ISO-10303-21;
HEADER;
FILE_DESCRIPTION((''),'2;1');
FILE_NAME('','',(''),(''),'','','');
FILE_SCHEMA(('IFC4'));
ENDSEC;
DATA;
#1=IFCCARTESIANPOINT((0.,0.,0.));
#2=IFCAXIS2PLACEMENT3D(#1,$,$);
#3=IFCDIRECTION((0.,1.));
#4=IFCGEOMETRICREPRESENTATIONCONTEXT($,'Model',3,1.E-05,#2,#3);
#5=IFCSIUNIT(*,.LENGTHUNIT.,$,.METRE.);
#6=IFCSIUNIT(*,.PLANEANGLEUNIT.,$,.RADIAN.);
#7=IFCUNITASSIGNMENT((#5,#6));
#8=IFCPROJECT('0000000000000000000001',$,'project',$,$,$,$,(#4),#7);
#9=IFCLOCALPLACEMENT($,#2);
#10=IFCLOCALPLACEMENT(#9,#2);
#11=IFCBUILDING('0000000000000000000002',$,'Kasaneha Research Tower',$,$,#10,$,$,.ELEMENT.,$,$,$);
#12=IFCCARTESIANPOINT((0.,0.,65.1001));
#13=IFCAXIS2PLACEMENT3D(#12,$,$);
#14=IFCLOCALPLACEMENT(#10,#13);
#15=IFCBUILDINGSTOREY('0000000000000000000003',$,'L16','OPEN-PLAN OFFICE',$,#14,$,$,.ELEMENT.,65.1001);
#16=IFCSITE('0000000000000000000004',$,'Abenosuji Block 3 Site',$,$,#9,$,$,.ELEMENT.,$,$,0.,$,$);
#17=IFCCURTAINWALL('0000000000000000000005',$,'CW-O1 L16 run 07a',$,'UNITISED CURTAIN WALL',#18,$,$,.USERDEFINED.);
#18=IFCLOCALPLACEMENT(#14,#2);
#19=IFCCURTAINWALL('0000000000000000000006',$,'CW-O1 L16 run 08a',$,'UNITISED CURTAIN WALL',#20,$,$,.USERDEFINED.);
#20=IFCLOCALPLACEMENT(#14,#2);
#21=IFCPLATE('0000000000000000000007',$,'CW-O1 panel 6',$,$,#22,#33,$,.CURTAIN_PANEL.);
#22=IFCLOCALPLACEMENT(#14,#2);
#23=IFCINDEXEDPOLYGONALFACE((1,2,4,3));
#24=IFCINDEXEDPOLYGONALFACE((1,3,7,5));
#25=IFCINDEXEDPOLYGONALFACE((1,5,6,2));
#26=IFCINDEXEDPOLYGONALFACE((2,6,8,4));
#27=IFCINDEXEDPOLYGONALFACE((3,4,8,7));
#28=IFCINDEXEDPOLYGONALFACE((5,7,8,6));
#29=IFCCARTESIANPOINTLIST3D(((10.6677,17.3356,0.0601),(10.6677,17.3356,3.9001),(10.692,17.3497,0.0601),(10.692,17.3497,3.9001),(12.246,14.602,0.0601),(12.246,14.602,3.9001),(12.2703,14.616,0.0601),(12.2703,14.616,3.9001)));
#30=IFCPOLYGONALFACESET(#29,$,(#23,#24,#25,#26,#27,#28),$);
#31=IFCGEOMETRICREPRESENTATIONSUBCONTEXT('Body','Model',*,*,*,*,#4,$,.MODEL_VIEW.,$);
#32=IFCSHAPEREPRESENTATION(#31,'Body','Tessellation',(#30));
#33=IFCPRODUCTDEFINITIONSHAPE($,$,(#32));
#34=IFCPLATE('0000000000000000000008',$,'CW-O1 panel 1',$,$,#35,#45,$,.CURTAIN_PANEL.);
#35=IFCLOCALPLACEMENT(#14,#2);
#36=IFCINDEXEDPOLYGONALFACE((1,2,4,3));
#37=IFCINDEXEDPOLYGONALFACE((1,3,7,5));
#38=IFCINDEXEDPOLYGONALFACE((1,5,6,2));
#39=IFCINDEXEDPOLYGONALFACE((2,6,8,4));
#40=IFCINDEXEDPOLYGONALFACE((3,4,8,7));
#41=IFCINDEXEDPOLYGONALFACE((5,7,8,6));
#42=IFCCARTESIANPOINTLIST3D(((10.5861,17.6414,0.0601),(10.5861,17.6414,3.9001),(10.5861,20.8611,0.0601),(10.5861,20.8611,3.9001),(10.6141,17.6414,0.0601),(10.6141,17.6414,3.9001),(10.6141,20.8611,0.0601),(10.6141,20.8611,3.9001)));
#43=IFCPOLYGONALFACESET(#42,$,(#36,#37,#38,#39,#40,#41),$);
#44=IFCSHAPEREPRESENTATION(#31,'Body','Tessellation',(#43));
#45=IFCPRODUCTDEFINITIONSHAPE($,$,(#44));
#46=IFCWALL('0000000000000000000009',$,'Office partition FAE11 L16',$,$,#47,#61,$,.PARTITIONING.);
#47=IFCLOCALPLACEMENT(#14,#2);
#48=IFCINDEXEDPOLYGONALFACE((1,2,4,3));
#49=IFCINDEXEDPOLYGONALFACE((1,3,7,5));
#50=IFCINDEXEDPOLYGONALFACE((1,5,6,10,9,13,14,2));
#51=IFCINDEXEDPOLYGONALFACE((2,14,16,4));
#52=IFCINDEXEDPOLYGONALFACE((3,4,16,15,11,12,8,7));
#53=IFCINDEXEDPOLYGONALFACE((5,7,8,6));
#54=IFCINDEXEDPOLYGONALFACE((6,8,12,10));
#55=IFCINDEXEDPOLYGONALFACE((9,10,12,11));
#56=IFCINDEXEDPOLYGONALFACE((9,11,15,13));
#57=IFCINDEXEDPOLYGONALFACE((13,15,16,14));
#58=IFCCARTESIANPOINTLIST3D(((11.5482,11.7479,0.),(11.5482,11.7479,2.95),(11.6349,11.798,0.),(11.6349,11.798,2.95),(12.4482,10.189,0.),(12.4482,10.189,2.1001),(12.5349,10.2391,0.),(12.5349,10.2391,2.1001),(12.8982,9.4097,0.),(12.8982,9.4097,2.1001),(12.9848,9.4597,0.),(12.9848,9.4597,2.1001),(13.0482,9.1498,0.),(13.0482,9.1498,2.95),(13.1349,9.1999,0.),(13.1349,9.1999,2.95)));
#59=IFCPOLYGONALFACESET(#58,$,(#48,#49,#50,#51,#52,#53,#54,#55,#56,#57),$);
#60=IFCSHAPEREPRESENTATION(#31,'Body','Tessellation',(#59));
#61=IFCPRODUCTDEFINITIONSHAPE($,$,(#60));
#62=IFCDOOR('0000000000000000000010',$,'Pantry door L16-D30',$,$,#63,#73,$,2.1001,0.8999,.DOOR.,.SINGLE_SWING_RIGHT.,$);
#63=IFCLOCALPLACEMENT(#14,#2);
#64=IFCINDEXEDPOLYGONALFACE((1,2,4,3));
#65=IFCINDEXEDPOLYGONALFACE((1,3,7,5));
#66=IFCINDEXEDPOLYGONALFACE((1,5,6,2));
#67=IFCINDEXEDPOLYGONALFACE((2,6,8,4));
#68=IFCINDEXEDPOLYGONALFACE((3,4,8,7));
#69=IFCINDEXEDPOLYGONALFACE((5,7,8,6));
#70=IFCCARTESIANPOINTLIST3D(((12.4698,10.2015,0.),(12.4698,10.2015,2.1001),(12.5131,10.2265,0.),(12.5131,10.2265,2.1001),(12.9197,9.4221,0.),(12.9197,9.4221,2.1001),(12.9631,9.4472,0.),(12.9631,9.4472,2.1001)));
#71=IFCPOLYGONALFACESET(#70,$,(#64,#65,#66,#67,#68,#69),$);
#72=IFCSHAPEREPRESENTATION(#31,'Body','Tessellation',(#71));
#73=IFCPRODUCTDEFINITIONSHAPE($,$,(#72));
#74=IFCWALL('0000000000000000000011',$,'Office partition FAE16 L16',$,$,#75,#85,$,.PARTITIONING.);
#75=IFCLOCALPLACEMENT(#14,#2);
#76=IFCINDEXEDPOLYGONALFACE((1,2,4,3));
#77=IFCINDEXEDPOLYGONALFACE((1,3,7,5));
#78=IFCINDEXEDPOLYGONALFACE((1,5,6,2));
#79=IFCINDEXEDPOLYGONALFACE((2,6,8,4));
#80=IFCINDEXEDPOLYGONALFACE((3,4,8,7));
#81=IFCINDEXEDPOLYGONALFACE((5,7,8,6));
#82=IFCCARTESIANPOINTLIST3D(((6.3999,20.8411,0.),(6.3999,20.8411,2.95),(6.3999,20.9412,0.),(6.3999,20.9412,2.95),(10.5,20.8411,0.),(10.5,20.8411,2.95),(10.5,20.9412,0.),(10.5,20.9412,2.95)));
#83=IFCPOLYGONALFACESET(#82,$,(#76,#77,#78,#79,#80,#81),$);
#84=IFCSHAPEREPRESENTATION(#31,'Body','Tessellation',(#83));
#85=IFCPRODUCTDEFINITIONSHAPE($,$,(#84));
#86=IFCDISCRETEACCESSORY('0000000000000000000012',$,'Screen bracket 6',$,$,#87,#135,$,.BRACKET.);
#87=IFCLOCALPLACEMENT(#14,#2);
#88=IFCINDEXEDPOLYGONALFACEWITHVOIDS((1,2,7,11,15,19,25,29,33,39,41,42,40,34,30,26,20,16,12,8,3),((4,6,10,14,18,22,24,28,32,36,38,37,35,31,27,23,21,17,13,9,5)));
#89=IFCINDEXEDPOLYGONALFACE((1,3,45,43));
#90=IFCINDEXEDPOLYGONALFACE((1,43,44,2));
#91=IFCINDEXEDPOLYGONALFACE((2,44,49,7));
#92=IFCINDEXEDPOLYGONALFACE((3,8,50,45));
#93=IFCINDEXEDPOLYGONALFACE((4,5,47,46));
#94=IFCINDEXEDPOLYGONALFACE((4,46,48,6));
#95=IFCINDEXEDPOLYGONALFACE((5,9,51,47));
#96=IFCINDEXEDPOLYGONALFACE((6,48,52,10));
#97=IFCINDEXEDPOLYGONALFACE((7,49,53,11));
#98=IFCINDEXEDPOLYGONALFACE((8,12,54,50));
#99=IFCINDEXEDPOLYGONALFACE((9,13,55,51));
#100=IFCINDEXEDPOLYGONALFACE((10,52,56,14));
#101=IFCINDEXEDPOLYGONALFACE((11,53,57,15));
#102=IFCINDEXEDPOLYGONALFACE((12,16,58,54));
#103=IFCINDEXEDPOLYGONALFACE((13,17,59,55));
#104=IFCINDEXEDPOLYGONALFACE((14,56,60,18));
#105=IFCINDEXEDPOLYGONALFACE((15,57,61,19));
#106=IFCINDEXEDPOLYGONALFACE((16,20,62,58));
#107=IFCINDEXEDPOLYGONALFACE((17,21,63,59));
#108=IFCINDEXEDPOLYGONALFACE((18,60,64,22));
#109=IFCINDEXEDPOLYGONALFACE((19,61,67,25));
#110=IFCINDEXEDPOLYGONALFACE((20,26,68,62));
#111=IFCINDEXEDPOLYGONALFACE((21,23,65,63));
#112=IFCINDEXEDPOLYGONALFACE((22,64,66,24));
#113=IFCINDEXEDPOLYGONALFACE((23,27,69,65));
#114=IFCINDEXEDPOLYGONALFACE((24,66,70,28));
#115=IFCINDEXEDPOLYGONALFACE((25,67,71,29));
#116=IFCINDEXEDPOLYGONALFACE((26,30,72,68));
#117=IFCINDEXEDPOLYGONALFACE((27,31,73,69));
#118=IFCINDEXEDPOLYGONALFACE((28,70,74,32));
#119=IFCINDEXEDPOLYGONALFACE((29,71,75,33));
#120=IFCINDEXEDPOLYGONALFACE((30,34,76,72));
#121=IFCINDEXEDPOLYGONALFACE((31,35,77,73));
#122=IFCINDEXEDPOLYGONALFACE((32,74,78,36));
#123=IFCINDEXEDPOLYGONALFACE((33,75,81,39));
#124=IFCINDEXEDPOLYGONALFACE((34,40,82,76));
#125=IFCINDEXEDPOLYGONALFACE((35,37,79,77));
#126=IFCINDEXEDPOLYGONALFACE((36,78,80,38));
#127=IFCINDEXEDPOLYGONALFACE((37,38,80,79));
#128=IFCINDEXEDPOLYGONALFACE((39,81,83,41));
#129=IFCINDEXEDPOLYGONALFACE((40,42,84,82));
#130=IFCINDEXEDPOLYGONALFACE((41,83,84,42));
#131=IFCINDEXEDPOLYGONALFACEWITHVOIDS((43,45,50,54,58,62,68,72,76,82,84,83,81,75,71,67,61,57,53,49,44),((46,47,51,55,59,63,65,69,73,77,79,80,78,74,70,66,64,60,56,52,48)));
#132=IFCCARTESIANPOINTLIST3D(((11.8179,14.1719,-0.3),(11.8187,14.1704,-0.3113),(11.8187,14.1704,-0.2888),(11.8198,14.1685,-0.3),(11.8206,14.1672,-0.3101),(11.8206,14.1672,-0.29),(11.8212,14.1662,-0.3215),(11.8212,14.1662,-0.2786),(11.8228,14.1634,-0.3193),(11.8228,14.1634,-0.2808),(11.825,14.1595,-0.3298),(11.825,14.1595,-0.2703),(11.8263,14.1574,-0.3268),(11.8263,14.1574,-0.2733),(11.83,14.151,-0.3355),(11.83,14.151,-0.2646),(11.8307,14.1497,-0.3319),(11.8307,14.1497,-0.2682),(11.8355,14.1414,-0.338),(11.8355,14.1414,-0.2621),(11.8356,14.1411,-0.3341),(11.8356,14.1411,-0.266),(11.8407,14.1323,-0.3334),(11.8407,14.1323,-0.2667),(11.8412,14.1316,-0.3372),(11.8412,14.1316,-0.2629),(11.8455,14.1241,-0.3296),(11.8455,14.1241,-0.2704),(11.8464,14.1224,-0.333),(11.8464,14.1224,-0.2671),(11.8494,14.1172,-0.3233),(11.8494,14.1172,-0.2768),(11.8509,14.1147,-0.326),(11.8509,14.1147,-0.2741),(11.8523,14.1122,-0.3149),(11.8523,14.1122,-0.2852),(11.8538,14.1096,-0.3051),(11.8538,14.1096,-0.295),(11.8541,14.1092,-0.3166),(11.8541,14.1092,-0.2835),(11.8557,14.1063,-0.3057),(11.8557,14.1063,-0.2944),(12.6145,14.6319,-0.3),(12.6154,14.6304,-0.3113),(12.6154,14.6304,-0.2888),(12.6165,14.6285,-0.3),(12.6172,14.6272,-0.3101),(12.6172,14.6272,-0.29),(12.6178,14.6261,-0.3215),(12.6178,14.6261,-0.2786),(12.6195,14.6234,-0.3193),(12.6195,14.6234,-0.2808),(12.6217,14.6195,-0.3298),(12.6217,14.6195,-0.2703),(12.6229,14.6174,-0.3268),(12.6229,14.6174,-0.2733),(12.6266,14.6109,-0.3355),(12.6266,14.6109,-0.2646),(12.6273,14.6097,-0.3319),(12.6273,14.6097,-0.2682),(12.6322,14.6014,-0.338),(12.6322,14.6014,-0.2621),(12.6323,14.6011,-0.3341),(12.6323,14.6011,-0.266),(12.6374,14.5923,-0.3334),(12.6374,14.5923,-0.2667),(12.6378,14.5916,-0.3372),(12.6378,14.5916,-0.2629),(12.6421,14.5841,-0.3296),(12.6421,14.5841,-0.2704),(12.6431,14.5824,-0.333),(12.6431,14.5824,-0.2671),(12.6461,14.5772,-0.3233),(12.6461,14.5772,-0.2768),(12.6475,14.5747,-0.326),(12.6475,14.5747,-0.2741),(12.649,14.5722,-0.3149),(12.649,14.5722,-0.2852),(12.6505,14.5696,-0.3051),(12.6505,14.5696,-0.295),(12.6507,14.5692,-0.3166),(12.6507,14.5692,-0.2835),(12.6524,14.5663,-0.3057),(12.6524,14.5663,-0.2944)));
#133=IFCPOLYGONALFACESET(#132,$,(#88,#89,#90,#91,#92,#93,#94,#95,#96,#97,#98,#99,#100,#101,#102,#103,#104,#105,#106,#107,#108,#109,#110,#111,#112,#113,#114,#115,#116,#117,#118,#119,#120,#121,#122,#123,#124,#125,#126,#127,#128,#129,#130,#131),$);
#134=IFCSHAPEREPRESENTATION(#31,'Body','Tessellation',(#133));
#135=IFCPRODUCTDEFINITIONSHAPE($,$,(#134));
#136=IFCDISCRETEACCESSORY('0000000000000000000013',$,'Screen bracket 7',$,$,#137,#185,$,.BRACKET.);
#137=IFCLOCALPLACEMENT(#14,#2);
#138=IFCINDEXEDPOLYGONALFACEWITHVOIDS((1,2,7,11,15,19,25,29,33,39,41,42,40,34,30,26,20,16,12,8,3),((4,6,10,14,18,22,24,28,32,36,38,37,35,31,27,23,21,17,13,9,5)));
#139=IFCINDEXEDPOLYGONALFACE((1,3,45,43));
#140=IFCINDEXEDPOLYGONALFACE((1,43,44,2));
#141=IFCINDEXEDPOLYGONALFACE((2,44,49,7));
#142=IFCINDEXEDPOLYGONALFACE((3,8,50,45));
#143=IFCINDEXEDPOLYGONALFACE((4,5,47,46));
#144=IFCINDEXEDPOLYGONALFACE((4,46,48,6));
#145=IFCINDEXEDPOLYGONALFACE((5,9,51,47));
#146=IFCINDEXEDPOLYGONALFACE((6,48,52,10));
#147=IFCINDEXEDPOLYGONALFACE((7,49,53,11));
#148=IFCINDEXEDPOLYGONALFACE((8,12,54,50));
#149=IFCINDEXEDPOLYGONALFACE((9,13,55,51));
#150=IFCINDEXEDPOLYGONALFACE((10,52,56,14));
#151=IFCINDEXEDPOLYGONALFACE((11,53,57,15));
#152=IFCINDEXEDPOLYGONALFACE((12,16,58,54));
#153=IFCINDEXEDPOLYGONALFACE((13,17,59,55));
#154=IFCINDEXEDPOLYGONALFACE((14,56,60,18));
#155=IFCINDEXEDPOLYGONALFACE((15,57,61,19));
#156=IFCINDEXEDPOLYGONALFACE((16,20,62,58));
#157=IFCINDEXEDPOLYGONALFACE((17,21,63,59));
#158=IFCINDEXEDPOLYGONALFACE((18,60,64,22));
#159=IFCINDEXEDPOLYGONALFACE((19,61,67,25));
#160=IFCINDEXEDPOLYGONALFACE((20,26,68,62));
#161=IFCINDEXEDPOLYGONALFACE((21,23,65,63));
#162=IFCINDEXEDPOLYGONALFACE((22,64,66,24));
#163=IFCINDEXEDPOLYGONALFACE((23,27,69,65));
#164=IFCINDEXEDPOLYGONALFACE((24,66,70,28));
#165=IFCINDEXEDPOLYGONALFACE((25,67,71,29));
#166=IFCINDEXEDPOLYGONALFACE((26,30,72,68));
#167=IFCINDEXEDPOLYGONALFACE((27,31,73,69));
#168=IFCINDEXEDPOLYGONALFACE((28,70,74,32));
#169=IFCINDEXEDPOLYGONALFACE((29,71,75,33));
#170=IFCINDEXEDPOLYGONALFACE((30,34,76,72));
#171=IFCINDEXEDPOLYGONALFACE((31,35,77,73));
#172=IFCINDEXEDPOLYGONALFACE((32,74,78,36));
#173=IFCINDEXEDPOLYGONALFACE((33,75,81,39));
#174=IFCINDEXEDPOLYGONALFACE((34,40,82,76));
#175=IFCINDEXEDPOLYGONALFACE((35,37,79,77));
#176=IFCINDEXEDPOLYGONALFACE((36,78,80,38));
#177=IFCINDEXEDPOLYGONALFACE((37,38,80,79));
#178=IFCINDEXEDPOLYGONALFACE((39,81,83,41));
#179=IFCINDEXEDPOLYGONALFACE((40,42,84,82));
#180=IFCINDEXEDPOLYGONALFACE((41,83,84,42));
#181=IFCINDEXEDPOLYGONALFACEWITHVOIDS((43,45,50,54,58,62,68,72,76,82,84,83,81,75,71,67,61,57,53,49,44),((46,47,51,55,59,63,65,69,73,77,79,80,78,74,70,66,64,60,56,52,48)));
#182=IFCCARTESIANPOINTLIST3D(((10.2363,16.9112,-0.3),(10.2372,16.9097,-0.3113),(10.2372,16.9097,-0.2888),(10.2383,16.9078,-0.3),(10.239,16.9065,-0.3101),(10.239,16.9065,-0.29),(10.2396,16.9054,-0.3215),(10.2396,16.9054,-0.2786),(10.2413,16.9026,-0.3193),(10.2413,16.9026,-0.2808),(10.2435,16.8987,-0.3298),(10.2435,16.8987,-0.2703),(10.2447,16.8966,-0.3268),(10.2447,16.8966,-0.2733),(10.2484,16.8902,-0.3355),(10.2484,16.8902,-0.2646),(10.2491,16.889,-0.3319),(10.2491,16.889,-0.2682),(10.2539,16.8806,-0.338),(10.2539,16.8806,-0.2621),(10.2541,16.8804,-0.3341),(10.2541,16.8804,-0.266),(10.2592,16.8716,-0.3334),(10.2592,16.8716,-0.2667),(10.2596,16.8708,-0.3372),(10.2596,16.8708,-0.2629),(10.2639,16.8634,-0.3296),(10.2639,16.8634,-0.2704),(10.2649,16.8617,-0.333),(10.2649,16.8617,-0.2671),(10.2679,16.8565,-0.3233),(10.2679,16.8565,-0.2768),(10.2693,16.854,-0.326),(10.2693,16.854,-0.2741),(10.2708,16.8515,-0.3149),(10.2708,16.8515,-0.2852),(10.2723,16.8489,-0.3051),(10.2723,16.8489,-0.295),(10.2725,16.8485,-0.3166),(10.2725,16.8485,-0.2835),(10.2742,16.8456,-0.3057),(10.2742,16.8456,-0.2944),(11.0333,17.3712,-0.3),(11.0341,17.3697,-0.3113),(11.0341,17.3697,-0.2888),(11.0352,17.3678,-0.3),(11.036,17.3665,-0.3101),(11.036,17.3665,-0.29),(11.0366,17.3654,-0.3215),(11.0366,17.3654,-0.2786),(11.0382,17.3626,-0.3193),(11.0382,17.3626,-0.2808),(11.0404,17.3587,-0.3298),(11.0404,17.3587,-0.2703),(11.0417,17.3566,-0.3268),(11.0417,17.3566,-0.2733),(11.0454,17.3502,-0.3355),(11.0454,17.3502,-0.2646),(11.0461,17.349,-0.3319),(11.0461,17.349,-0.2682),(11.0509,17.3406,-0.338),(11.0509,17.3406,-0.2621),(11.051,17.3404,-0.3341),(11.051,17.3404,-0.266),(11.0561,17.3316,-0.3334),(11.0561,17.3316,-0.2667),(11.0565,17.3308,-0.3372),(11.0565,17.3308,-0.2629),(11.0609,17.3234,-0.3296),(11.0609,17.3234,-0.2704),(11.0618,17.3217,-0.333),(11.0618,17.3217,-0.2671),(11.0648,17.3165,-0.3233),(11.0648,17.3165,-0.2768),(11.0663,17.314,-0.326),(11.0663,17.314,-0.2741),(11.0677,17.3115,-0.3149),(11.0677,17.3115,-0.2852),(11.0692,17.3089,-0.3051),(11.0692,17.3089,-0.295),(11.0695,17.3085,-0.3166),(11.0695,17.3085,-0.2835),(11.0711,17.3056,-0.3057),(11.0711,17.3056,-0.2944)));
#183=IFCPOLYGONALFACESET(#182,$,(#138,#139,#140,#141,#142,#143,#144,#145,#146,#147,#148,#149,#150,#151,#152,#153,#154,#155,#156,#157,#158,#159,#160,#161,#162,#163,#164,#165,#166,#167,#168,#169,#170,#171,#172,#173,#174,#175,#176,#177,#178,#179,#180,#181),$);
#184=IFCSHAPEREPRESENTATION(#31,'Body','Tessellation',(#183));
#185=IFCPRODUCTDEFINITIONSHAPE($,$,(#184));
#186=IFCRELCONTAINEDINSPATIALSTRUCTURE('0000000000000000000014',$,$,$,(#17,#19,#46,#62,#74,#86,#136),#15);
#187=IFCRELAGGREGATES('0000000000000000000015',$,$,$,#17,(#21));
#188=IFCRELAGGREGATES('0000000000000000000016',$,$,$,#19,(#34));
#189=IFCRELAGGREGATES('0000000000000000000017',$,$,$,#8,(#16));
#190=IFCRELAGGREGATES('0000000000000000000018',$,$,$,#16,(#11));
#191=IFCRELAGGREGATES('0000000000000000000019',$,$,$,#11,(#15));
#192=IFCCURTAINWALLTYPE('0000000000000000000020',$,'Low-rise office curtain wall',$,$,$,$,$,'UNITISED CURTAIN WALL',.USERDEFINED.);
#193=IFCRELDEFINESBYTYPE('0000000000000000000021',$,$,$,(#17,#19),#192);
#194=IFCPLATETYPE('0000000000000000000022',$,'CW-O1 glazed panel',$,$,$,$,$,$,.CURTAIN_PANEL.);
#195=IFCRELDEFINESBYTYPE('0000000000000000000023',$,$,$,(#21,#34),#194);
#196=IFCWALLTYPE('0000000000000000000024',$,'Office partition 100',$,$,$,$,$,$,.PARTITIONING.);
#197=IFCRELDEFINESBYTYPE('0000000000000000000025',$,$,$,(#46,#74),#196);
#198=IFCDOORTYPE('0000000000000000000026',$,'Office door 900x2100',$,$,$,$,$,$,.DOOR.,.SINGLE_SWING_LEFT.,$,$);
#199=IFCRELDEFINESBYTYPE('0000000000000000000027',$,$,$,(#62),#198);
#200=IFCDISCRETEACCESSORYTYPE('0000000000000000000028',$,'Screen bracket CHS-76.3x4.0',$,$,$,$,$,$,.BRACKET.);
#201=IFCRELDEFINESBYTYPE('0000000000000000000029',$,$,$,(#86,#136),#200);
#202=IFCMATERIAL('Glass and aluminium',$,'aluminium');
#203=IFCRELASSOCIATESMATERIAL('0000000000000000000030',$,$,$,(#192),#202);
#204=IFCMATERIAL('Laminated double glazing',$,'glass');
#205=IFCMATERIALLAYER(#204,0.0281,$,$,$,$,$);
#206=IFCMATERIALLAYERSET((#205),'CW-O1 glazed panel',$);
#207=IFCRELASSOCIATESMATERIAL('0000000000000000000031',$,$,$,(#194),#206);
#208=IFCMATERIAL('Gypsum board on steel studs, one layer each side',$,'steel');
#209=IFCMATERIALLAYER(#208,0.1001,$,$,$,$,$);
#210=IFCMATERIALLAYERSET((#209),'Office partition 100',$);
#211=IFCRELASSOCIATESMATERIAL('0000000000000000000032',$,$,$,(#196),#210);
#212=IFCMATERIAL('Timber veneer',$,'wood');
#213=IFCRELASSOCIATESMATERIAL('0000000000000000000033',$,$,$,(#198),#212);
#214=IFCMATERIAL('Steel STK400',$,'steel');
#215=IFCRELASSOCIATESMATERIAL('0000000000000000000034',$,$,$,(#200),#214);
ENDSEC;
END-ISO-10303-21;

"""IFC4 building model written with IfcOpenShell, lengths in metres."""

from ifc_helpers import new_model, si_unit, direction, frame, frame_2d, origin, origin_2d, place, context, subcontext, project, spatial, rectangle, hollow_circle, extrude, material, layer, layer_set, material_profile, profile_set, type_object, element, fill, aggregate, save


model = new_model("IFC4")

# Units and contexts
model_context = context("Model", 3, precision=1e-05, world=origin(), true_north=direction((0.0, 1.0)))
body_context = subcontext(model_context, "Body", "Model", "MODEL_VIEW")
ifc_project = project(units=[si_unit("LENGTHUNIT", "METRE"), si_unit("PLANEANGLEUNIT", "RADIAN")], contexts=[model_context])

# Site, building, storey
site_placement = place(None, origin())
site = spatial("IfcSite", under=ifc_project, at=site_placement, Name="Abenosuji Block 3 Site", CompositionType="ELEMENT", RefElevation=0.0)
building_placement = place(site_placement, origin())
building = spatial("IfcBuilding", under=site, at=building_placement, Name="Kasaneha Research Tower", CompositionType="ELEMENT")
storey_placement = place(building_placement, frame((0.0, 0.0, 65.1001)))
storey = spatial("IfcBuildingStorey", under=building, at=storey_placement, Name="L16", Description="OPEN-PLAN OFFICE", CompositionType="ELEMENT", Elevation=65.1001)

# Curtain walls
ifc_material_1 = material(Name="Glass and aluminium", Category="aluminium")
curtain_wall_type = type_object("IfcCurtainWallType", Name="Low-rise office curtain wall", ElementType="UNITISED CURTAIN WALL", PredefinedType="USERDEFINED", material=ifc_material_1)
curtain_wall_1_placement = place(storey_placement, origin())
curtain_wall_1 = element("IfcCurtainWall", 1, at=curtain_wall_1_placement, inside=storey, type_object=curtain_wall_type, Name="CW-O1 L16 run 07a", ObjectType="UNITISED CURTAIN WALL", PredefinedType="USERDEFINED")
curtain_wall_2_placement = place(storey_placement, origin())
curtain_wall_2 = element("IfcCurtainWall", 2, at=curtain_wall_2_placement, inside=storey, type_object=curtain_wall_type, Name="CW-O1 L16 run 08a", ObjectType="UNITISED CURTAIN WALL", PredefinedType="USERDEFINED")

# Plates
ifc_material_2 = material(Name="Laminated double glazing", Category="glass")
ifc_layer_1 = layer(ifc_material_2, 0.0281)
ifc_layer_set_1 = layer_set([ifc_layer_1], Name="CW-O1 glazed panel")
plate_type = type_object("IfcPlateType", Name="CW-O1 glazed panel", PredefinedType="CURTAIN_PANEL", material=ifc_layer_set_1)
plate_1_placement = place(storey_placement, frame((11.469, 15.9758, 0.0601), z_axis=(0.0, 0.0, 1.0), x_axis=(-0.5, 0.866025, 0.0)))
plate_1 = element("IfcPlate", 3, at=plate_1_placement, type_object=plate_type, Name="CW-O1 panel 6", PredefinedType="CURTAIN_PANEL", context=body_context, shape_type="SweptSolid", body=[
    extrude(rectangle(XDim=3.1565, YDim=0.0281, at=origin_2d()), origin(), (0.0, 0.0, 1.0), 3.8401),
])
aggregate(curtain_wall_1, [plate_1])
plate_2_placement = place(storey_placement, frame((10.6001, 19.2512, 0.0601), z_axis=(0.0, 0.0, 1.0), x_axis=(0.0, 1.0, 0.0)))
plate_2 = element("IfcPlate", 4, at=plate_2_placement, type_object=plate_type, Name="CW-O1 panel 1", PredefinedType="CURTAIN_PANEL", context=body_context, shape_type="SweptSolid", body=[
    extrude(rectangle(XDim=3.2197, YDim=0.0281, at=origin_2d()), origin(), (0.0, 0.0, 1.0), 3.8401),
])
aggregate(curtain_wall_2, [plate_2])

# Wall, opening, door
ifc_material_3 = material(Name="Gypsum board on steel studs, one layer each side", Category="steel")
ifc_layer_2 = layer(ifc_material_3, 0.1001)
ifc_layer_set_2 = layer_set([ifc_layer_2], Name="Office partition 100")
wall_type = type_object("IfcWallType", Name="Office partition 100", PredefinedType="PARTITIONING", material=ifc_layer_set_2)
wall_1_placement = place(storey_placement, frame((11.5916, 11.7729, 0.0), z_axis=(0.0, 0.0, 1.0), x_axis=(0.49999, -0.866031, 0.0)))
wall_1 = element("IfcWall", 5, at=wall_1_placement, inside=storey, type_object=wall_type, Name="Office partition FAE11 L16", PredefinedType="PARTITIONING", context=body_context, shape_type="SweptSolid", body=[
    extrude(rectangle(XDim=3.0, YDim=0.1001, at=frame_2d((1.5, 0.0))), origin(), (0.0, 0.0, 1.0), 2.95),
])
opening_placement = place(wall_1_placement, frame((1.8, 0.0, 0.0)))
opening = element("IfcOpeningElement", 6, at=opening_placement, cuts=wall_1, PredefinedType="OPENING", context=body_context, shape_type="SweptSolid", body=[
    extrude(rectangle(XDim=0.8999, YDim=2.1001, at=frame_2d((0.45, 1.05))), frame((0.0, 0.0601, 0.0), z_axis=(0.0, -1.0, 0.0), x_axis=(1.0, 0.0, 0.0)), (0.0, 0.0, 1.0), 0.1201),
])
ifc_material_4 = material(Name="Timber veneer", Category="wood")
door_type = type_object("IfcDoorType", Name="Office door 900x2100", OperationType="SINGLE_SWING_LEFT", PredefinedType="DOOR", material=ifc_material_4)
door_placement = place(opening_placement, origin())
door = element("IfcDoor", 7, at=door_placement, inside=storey, type_object=door_type, Name="Pantry door L16-D30", OperationType="SINGLE_SWING_RIGHT", OverallHeight=2.1001, OverallWidth=0.8999, PredefinedType="DOOR", context=body_context, shape_type="SweptSolid", body=[
    extrude(rectangle(XDim=0.8999, YDim=2.1001, at=frame_2d((0.45, 1.05))), frame((0.0, 0.0249, 0.0), z_axis=(0.0, -1.0, 0.0), x_axis=(1.0, 0.0, 0.0)), (0.0, 0.0, 1.0), 0.05),
])
fill(opening, door)

# Wall
wall_2_placement = place(storey_placement, frame((10.5, 20.8911, 0.0), z_axis=(0.0, 0.0, 1.0), x_axis=(-1.0, 0.0, 0.0)))
element("IfcWall", 8, at=wall_2_placement, inside=storey, type_object=wall_type, Name="Office partition FAE16 L16", PredefinedType="PARTITIONING", context=body_context, shape_type="SweptSolid", body=[
    extrude(rectangle(XDim=4.1001, YDim=0.1001, at=frame_2d((2.05, 0.0))), origin(), (0.0, 0.0, 1.0), 2.95),
])

# Discrete accessories
ifc_material_5 = material(Name="Steel STK400", Category="steel")
ifc_material_profile_1 = material_profile(ifc_material_5, hollow_circle(Radius=0.0381, WallThickness=0.0039, at=origin_2d()), Name="CHS-76.3x4.0")
ifc_profile_set_1 = profile_set([ifc_material_profile_1], Name="Steel STK400")
discrete_accessory_type = type_object("IfcDiscreteAccessoryType", Name="Screen bracket CHS-76.3x4.0", PredefinedType="BRACKET", material=ifc_profile_set_1)
discrete_accessory_1_placement = place(storey_placement, frame((11.8369, 14.1389, -0.3), z_axis=(0.866013, 0.500021, 0.0), x_axis=(-0.500021, 0.866013, 0.0)))
element("IfcDiscreteAccessory", 9, at=discrete_accessory_1_placement, inside=storey, type_object=discrete_accessory_type, Name="Screen bracket 6", PredefinedType="BRACKET", context=body_context, shape_type="SweptSolid", body=[
    extrude(hollow_circle(Radius=0.0381, WallThickness=0.0039, at=origin_2d()), origin(), (0.0, 0.0, 1.0), 0.9199),
])
discrete_accessory_2_placement = place(storey_placement, frame((10.2554, 16.8782, -0.3), z_axis=(0.86608, 0.499906, 0.0), x_axis=(-0.499906, 0.86608, 0.0)))
element("IfcDiscreteAccessory", 10, at=discrete_accessory_2_placement, inside=storey, type_object=discrete_accessory_type, Name="Screen bracket 7", PredefinedType="BRACKET", context=body_context, shape_type="SweptSolid", body=[
    extrude(hollow_circle(Radius=0.0381, WallThickness=0.0039, at=origin_2d()), origin(), (0.0, 0.0, 1.0), 0.9202),
])

save(model, "model.ifc")
